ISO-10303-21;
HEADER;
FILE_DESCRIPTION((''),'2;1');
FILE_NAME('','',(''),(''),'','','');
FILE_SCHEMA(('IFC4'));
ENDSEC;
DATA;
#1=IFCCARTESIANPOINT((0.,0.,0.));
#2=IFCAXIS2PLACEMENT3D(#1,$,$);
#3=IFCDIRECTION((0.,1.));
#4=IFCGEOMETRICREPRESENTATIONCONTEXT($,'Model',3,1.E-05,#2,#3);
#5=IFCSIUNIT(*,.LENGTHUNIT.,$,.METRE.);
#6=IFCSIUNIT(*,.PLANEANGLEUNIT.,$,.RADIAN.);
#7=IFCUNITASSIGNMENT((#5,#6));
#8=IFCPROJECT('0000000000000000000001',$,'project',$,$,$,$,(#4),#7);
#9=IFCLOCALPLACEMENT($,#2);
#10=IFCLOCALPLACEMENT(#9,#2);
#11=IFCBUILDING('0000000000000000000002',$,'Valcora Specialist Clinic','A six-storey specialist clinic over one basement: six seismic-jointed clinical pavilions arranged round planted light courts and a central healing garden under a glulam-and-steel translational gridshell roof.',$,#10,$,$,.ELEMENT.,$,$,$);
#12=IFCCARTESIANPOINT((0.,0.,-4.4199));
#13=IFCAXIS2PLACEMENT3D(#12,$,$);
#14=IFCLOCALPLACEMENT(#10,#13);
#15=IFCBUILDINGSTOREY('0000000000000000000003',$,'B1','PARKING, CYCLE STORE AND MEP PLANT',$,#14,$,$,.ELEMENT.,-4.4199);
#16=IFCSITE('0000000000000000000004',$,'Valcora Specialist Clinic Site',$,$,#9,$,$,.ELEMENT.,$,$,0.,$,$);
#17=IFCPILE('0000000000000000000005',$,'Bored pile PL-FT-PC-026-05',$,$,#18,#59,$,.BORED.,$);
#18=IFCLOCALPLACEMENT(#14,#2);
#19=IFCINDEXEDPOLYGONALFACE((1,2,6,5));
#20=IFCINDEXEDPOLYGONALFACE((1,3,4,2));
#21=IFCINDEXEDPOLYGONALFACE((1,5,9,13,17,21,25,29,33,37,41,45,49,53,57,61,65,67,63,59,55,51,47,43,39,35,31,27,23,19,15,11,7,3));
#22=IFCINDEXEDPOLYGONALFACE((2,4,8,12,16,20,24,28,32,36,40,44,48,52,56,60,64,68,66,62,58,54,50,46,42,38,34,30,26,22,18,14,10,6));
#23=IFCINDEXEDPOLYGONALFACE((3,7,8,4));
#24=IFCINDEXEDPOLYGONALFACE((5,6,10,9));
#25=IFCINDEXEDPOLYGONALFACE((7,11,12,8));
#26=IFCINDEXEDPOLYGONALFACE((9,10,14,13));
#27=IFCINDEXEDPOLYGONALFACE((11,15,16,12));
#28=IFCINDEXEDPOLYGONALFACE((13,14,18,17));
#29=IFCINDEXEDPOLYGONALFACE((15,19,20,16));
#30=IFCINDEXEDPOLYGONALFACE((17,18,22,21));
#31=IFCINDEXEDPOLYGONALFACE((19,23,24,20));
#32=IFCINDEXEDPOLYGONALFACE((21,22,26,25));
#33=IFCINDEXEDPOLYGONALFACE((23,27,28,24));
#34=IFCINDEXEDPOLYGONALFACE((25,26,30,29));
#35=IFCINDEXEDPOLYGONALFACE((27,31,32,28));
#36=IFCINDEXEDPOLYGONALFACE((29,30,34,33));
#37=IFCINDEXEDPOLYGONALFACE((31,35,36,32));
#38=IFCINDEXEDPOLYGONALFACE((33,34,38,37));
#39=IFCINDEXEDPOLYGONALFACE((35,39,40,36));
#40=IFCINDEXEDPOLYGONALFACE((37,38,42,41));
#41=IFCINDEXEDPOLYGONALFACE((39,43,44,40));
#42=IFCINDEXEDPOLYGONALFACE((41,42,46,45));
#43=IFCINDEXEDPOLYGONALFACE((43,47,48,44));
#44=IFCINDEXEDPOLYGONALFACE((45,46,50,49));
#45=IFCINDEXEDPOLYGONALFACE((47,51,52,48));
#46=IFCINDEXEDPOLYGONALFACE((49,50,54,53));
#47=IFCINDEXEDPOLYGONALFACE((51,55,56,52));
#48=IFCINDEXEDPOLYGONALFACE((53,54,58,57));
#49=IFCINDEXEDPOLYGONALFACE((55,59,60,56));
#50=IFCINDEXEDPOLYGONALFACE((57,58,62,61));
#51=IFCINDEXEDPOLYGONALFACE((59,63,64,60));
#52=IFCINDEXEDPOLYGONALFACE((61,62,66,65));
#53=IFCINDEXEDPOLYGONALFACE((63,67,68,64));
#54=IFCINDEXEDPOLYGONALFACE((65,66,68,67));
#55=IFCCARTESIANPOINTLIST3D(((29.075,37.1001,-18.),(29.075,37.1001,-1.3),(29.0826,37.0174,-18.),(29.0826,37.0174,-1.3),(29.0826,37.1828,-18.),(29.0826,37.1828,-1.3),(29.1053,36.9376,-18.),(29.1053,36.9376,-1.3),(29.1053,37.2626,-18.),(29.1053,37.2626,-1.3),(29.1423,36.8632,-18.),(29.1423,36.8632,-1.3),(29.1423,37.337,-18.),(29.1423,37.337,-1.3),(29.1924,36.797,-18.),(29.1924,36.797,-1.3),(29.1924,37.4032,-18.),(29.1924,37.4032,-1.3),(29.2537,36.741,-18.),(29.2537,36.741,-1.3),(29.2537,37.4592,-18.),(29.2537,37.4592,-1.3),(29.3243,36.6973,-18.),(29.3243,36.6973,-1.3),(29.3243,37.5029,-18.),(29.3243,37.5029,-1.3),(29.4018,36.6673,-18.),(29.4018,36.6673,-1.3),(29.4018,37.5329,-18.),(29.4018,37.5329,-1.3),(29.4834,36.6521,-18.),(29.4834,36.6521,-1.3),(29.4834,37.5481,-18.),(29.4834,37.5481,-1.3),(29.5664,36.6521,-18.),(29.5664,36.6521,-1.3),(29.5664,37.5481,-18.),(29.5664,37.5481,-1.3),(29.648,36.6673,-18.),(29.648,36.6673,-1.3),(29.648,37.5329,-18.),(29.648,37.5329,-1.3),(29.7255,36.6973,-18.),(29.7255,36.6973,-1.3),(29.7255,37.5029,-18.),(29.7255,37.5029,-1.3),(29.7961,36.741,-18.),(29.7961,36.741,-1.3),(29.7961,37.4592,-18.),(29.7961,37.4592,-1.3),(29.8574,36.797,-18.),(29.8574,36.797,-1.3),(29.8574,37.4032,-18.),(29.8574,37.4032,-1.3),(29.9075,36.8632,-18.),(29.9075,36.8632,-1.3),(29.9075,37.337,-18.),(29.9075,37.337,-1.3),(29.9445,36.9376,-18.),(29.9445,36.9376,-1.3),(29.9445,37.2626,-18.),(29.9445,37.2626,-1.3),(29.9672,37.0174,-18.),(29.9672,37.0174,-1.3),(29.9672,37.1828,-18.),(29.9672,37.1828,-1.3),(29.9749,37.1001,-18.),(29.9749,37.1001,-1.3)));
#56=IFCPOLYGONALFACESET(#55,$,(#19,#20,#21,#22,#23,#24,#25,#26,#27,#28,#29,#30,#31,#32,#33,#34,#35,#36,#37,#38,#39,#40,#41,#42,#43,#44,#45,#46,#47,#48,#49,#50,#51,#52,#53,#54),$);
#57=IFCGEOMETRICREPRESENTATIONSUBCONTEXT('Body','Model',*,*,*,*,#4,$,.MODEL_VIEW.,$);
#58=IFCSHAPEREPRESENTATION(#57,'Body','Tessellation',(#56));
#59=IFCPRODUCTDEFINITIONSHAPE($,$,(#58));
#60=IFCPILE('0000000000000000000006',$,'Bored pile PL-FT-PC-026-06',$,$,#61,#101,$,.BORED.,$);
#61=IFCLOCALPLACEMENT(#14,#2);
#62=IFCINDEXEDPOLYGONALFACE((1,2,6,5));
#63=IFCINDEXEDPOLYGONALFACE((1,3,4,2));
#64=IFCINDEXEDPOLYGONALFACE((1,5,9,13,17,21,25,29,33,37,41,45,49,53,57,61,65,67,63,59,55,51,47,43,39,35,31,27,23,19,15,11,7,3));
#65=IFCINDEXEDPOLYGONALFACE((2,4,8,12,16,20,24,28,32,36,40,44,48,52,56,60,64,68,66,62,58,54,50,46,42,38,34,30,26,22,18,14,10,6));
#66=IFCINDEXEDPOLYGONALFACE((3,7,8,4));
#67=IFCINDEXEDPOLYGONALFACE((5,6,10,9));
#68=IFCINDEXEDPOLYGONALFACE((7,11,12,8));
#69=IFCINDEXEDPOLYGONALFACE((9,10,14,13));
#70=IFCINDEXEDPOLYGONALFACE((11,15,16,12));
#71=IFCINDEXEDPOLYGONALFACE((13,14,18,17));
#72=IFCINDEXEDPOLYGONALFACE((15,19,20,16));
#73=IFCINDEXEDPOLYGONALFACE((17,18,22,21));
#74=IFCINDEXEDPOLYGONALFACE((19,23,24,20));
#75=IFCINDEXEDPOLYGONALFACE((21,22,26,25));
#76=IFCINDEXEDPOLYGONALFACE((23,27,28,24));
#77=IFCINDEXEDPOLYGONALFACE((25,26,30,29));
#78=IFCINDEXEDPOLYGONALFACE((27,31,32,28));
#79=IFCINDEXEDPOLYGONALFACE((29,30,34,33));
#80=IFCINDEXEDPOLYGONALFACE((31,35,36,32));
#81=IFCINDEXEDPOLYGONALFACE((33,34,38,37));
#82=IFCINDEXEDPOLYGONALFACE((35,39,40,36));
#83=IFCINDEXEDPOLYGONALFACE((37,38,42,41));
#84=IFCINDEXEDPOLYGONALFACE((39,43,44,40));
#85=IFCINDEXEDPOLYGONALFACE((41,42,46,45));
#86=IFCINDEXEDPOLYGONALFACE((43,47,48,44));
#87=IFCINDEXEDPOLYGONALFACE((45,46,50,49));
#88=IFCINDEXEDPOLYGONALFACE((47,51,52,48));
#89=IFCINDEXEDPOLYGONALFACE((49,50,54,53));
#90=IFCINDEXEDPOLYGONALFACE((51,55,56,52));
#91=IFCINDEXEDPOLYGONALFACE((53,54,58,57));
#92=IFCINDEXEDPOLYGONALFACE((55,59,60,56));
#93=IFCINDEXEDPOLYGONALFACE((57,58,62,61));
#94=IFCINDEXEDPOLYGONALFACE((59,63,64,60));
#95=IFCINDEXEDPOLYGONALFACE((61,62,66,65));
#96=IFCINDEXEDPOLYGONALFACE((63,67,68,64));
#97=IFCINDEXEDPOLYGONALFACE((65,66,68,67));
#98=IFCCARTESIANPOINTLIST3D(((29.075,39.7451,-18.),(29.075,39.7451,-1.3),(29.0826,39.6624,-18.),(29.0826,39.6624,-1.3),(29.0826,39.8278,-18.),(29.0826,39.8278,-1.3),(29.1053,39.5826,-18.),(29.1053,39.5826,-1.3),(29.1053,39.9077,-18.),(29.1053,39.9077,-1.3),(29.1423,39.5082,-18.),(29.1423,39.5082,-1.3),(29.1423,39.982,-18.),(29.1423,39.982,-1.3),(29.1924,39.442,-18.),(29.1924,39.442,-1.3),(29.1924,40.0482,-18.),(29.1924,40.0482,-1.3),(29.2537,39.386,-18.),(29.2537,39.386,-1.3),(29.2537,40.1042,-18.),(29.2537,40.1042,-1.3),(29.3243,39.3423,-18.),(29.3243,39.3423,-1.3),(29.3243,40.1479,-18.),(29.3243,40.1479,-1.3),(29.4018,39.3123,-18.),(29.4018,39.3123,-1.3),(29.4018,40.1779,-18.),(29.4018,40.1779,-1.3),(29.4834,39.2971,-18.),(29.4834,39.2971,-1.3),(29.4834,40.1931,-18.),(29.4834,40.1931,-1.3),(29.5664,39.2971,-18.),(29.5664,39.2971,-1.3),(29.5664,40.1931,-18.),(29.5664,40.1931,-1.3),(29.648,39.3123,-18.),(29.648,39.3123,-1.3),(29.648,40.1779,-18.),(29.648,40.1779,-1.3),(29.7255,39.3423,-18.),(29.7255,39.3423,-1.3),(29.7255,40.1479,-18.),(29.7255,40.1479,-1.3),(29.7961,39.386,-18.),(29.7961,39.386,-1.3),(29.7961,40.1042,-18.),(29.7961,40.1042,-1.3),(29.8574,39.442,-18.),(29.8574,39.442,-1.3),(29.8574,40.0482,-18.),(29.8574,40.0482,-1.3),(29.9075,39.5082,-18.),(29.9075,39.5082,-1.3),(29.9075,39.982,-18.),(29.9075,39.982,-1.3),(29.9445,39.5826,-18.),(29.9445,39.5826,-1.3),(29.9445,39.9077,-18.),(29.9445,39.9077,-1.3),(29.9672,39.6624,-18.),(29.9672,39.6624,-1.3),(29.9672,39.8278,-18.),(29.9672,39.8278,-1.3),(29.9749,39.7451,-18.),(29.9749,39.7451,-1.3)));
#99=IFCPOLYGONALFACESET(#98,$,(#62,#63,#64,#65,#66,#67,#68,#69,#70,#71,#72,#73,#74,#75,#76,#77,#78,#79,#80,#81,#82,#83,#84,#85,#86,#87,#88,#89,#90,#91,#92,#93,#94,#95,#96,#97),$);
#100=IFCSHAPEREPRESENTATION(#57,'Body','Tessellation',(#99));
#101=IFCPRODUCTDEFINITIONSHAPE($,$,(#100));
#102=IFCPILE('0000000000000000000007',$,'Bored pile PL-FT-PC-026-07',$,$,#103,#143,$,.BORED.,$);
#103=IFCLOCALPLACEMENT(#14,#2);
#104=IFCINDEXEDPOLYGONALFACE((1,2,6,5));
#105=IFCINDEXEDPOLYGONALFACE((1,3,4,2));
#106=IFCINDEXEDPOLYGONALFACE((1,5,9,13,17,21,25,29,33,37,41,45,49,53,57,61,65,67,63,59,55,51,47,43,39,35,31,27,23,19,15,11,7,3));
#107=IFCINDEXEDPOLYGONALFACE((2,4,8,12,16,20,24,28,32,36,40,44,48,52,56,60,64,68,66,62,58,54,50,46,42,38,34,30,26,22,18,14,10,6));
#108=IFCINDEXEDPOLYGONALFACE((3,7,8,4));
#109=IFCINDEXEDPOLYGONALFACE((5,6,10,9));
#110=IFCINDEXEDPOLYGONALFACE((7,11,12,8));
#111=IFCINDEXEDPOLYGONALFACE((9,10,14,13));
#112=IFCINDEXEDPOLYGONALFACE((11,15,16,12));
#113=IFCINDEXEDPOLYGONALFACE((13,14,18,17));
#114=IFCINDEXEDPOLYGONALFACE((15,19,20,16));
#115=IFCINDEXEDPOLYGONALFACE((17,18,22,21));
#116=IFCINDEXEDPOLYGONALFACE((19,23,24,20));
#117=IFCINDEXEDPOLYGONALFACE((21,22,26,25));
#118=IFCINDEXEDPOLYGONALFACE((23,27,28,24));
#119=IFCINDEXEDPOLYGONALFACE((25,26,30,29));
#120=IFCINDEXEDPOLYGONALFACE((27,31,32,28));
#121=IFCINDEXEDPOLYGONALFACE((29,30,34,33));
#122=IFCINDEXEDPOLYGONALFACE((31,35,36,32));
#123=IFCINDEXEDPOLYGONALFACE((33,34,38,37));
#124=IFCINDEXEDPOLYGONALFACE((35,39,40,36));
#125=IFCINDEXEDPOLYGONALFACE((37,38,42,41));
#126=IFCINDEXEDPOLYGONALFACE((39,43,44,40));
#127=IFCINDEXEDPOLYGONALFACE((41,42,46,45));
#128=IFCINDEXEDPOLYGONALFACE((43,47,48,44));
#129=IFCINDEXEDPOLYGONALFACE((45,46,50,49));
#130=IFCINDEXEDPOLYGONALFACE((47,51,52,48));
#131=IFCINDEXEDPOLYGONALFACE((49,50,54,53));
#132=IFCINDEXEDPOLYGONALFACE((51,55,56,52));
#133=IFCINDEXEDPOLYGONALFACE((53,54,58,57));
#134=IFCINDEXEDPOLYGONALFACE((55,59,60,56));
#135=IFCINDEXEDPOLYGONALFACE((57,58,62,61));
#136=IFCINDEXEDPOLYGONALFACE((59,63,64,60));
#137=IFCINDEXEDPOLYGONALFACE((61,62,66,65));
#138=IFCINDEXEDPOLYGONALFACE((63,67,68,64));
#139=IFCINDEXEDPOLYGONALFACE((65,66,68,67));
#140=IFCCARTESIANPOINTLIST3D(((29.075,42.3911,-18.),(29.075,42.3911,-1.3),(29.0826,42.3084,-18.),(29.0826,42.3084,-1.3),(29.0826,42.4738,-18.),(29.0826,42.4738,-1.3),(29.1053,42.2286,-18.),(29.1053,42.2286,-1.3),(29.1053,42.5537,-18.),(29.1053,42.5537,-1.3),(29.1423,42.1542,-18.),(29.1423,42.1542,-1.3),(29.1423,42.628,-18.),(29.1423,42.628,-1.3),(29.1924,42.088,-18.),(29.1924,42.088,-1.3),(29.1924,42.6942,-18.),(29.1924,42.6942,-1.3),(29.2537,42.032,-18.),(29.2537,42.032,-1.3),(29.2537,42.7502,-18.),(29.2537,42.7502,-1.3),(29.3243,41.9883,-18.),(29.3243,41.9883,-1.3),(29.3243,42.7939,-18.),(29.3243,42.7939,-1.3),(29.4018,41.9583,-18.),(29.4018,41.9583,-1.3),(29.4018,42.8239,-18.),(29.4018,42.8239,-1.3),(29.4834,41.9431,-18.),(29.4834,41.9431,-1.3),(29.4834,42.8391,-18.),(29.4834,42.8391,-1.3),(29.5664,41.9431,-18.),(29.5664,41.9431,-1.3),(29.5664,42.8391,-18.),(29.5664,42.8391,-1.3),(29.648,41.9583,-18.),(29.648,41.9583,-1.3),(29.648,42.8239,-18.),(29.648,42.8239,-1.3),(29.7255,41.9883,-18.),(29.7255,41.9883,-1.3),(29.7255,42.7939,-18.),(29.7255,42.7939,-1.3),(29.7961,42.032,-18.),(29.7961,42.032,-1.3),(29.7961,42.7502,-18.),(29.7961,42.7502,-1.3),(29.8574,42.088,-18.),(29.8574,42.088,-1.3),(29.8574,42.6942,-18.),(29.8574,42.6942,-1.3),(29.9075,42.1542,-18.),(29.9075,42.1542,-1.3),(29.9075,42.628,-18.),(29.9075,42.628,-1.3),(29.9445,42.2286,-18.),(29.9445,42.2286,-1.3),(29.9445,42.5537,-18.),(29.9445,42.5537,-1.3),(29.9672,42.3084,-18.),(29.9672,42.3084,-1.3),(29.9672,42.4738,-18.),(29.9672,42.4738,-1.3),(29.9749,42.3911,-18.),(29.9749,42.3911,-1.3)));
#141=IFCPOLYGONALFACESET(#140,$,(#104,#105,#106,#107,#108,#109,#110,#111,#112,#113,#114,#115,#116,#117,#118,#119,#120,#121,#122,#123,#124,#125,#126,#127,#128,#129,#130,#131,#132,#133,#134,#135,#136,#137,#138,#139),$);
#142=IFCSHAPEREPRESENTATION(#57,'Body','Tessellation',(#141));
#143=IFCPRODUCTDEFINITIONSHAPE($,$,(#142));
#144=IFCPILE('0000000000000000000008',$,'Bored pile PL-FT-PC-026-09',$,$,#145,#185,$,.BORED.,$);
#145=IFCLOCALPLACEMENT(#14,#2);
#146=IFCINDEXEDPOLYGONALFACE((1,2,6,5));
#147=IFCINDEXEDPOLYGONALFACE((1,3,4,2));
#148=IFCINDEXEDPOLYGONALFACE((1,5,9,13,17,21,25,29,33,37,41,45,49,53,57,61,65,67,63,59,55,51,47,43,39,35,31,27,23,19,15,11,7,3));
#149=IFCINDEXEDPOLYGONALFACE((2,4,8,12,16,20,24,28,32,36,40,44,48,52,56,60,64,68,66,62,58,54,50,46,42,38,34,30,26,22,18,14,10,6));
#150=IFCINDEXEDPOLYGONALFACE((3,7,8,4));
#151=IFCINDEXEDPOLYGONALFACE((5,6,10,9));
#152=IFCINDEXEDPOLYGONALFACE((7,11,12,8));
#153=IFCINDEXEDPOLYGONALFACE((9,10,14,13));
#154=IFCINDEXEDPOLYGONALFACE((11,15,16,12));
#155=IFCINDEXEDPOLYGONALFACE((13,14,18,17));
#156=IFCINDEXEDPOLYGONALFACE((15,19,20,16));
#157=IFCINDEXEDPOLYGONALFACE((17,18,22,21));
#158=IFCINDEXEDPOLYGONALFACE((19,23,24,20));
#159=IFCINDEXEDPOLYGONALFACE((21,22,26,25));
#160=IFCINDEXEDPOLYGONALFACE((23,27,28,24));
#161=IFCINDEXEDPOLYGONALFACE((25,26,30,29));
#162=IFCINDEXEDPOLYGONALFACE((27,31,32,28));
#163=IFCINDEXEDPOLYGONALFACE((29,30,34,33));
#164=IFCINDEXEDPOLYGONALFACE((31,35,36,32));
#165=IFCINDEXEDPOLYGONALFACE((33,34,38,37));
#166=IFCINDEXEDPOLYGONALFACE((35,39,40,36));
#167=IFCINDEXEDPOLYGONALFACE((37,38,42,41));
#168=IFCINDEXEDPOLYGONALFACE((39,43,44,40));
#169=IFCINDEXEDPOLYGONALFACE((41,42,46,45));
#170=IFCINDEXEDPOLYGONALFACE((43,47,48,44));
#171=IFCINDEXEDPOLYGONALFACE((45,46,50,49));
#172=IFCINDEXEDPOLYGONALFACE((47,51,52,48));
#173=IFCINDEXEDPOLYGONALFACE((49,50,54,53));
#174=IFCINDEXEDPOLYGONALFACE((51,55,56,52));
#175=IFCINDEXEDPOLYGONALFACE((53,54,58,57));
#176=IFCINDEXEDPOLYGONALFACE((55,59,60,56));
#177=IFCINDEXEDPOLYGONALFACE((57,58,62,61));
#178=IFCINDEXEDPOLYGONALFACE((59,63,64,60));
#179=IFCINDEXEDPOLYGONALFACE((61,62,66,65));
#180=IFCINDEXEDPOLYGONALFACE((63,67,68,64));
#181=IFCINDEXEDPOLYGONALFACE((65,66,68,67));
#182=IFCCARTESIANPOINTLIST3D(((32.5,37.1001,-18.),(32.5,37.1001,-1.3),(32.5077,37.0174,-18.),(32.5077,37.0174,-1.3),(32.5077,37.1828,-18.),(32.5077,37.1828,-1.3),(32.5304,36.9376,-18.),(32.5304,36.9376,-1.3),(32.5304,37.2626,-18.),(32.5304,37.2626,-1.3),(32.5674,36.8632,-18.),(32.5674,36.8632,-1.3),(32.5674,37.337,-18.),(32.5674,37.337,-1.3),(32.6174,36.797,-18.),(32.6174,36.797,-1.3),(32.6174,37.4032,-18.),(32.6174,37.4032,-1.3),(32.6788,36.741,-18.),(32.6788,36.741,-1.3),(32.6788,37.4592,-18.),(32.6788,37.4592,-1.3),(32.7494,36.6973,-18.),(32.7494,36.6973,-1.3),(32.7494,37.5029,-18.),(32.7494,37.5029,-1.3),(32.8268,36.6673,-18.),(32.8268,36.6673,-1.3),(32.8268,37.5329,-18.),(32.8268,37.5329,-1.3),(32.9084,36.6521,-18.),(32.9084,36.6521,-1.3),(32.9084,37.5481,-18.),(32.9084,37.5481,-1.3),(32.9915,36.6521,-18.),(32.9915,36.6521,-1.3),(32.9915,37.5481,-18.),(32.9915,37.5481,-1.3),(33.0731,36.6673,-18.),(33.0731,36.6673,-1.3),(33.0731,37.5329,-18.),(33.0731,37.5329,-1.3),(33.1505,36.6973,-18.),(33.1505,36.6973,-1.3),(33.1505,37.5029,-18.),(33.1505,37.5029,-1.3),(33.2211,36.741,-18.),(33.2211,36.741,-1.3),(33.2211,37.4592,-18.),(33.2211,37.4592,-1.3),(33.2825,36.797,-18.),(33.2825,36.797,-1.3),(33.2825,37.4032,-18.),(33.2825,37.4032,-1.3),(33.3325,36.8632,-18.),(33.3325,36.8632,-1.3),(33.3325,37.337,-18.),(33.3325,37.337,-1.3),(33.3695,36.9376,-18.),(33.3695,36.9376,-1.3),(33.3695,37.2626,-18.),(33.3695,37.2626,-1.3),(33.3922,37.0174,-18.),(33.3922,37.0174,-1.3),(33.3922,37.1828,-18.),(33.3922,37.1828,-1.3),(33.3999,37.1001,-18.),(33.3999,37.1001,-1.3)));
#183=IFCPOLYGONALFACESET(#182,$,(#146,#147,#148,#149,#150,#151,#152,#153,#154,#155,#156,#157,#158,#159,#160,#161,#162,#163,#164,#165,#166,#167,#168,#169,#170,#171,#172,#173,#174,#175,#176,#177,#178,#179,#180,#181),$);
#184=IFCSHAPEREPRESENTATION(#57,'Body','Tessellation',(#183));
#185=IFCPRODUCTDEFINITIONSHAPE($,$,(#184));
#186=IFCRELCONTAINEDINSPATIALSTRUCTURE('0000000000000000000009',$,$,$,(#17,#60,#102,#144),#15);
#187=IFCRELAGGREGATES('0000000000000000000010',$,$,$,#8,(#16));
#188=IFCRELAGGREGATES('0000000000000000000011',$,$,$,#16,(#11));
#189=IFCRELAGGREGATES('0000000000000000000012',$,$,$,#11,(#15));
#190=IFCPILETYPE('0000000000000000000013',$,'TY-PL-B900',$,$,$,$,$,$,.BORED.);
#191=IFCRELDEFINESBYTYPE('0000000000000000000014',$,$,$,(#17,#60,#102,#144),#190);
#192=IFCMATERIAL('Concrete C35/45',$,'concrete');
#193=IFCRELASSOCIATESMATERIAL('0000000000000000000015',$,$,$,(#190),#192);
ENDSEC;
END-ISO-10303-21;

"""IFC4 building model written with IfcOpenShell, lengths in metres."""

from ifc_helpers import new_model, si_unit, direction, frame, origin, origin_2d, place, context, subcontext, project, spatial, circle, extrude, material, material_profile, profile_set, type_object, element, save


model = new_model("IFC4")

# Units and contexts
model_context = context("Model", 3, precision=1e-05, world=origin(), true_north=direction((0.0, 1.0)))
body_context = subcontext(model_context, "Body", "Model", "MODEL_VIEW")
ifc_project = project(units=[si_unit("LENGTHUNIT", "METRE"), si_unit("PLANEANGLEUNIT", "RADIAN")], contexts=[model_context])

# Site, building, storey
site_placement = place(None, origin())
site = spatial("IfcSite", under=ifc_project, at=site_placement, Name="Valcora Specialist Clinic Site", CompositionType="ELEMENT", RefElevation=0.0)
building_placement = place(site_placement, origin())
building = spatial("IfcBuilding", under=site, at=building_placement, Name="Valcora Specialist Clinic", Description="A six-storey specialist clinic over one basement: six seismic-jointed clinical pavilions arranged round planted light courts and a central healing garden under a glulam-and-steel translational gridshell roof.", CompositionType="ELEMENT")
storey_placement = place(building_placement, frame((0.0, 0.0, -4.4199)))
storey = spatial("IfcBuildingStorey", under=building, at=storey_placement, Name="B1", Description="PARKING, CYCLE STORE AND MEP PLANT", CompositionType="ELEMENT", Elevation=-4.4199)

# Shared definitions
ifc_material_1 = material(Name="Concrete C35/45", Category="concrete")

# Piles
ifc_material_profile_1 = material_profile(ifc_material_1, circle(Radius=0.45, at=origin_2d()), Name="RC-PIL-D900")
ifc_profile_set_1 = profile_set([ifc_material_profile_1], Name="Concrete C35/45")
pile_type_1 = type_object("IfcPileType", Name="TY-PL-B900", PredefinedType="BORED", material=ifc_profile_set_1)
for number, where, z_axis, x_axis, name in (
    (1, (29.5249, 37.1001, -1.3), (0.0, 0.0, -1.0), (1.0, 0.0, 0.0), "Bored pile PL-FT-PC-026-05"),
    (2, (29.5249, 39.7451, -1.3), (0.0, 0.0, -1.0), (1.0, 0.0, 0.0), "Bored pile PL-FT-PC-026-06"),
    (3, (29.5249, 42.3911, -1.3), (0.0, 0.0, -1.0), (1.0, 0.0, 0.0), "Bored pile PL-FT-PC-026-07"),
    (4, (32.95, 37.1001, -1.3), (0.0, 0.0, -1.0), (1.0, 0.0, 0.0), "Bored pile PL-FT-PC-026-09"),
):
    element("IfcPile", number, at=place(storey_placement, frame(where, z_axis=z_axis, x_axis=x_axis)), inside=storey, type_object=pile_type_1, Name=name, PredefinedType="BORED", context=body_context, shape_type="SweptSolid", body=[
        extrude(circle(Radius=0.45, at=origin_2d()), origin(), (0.0, 0.0, 1.0), 16.7),
    ])

save(model, "model.ifc")
